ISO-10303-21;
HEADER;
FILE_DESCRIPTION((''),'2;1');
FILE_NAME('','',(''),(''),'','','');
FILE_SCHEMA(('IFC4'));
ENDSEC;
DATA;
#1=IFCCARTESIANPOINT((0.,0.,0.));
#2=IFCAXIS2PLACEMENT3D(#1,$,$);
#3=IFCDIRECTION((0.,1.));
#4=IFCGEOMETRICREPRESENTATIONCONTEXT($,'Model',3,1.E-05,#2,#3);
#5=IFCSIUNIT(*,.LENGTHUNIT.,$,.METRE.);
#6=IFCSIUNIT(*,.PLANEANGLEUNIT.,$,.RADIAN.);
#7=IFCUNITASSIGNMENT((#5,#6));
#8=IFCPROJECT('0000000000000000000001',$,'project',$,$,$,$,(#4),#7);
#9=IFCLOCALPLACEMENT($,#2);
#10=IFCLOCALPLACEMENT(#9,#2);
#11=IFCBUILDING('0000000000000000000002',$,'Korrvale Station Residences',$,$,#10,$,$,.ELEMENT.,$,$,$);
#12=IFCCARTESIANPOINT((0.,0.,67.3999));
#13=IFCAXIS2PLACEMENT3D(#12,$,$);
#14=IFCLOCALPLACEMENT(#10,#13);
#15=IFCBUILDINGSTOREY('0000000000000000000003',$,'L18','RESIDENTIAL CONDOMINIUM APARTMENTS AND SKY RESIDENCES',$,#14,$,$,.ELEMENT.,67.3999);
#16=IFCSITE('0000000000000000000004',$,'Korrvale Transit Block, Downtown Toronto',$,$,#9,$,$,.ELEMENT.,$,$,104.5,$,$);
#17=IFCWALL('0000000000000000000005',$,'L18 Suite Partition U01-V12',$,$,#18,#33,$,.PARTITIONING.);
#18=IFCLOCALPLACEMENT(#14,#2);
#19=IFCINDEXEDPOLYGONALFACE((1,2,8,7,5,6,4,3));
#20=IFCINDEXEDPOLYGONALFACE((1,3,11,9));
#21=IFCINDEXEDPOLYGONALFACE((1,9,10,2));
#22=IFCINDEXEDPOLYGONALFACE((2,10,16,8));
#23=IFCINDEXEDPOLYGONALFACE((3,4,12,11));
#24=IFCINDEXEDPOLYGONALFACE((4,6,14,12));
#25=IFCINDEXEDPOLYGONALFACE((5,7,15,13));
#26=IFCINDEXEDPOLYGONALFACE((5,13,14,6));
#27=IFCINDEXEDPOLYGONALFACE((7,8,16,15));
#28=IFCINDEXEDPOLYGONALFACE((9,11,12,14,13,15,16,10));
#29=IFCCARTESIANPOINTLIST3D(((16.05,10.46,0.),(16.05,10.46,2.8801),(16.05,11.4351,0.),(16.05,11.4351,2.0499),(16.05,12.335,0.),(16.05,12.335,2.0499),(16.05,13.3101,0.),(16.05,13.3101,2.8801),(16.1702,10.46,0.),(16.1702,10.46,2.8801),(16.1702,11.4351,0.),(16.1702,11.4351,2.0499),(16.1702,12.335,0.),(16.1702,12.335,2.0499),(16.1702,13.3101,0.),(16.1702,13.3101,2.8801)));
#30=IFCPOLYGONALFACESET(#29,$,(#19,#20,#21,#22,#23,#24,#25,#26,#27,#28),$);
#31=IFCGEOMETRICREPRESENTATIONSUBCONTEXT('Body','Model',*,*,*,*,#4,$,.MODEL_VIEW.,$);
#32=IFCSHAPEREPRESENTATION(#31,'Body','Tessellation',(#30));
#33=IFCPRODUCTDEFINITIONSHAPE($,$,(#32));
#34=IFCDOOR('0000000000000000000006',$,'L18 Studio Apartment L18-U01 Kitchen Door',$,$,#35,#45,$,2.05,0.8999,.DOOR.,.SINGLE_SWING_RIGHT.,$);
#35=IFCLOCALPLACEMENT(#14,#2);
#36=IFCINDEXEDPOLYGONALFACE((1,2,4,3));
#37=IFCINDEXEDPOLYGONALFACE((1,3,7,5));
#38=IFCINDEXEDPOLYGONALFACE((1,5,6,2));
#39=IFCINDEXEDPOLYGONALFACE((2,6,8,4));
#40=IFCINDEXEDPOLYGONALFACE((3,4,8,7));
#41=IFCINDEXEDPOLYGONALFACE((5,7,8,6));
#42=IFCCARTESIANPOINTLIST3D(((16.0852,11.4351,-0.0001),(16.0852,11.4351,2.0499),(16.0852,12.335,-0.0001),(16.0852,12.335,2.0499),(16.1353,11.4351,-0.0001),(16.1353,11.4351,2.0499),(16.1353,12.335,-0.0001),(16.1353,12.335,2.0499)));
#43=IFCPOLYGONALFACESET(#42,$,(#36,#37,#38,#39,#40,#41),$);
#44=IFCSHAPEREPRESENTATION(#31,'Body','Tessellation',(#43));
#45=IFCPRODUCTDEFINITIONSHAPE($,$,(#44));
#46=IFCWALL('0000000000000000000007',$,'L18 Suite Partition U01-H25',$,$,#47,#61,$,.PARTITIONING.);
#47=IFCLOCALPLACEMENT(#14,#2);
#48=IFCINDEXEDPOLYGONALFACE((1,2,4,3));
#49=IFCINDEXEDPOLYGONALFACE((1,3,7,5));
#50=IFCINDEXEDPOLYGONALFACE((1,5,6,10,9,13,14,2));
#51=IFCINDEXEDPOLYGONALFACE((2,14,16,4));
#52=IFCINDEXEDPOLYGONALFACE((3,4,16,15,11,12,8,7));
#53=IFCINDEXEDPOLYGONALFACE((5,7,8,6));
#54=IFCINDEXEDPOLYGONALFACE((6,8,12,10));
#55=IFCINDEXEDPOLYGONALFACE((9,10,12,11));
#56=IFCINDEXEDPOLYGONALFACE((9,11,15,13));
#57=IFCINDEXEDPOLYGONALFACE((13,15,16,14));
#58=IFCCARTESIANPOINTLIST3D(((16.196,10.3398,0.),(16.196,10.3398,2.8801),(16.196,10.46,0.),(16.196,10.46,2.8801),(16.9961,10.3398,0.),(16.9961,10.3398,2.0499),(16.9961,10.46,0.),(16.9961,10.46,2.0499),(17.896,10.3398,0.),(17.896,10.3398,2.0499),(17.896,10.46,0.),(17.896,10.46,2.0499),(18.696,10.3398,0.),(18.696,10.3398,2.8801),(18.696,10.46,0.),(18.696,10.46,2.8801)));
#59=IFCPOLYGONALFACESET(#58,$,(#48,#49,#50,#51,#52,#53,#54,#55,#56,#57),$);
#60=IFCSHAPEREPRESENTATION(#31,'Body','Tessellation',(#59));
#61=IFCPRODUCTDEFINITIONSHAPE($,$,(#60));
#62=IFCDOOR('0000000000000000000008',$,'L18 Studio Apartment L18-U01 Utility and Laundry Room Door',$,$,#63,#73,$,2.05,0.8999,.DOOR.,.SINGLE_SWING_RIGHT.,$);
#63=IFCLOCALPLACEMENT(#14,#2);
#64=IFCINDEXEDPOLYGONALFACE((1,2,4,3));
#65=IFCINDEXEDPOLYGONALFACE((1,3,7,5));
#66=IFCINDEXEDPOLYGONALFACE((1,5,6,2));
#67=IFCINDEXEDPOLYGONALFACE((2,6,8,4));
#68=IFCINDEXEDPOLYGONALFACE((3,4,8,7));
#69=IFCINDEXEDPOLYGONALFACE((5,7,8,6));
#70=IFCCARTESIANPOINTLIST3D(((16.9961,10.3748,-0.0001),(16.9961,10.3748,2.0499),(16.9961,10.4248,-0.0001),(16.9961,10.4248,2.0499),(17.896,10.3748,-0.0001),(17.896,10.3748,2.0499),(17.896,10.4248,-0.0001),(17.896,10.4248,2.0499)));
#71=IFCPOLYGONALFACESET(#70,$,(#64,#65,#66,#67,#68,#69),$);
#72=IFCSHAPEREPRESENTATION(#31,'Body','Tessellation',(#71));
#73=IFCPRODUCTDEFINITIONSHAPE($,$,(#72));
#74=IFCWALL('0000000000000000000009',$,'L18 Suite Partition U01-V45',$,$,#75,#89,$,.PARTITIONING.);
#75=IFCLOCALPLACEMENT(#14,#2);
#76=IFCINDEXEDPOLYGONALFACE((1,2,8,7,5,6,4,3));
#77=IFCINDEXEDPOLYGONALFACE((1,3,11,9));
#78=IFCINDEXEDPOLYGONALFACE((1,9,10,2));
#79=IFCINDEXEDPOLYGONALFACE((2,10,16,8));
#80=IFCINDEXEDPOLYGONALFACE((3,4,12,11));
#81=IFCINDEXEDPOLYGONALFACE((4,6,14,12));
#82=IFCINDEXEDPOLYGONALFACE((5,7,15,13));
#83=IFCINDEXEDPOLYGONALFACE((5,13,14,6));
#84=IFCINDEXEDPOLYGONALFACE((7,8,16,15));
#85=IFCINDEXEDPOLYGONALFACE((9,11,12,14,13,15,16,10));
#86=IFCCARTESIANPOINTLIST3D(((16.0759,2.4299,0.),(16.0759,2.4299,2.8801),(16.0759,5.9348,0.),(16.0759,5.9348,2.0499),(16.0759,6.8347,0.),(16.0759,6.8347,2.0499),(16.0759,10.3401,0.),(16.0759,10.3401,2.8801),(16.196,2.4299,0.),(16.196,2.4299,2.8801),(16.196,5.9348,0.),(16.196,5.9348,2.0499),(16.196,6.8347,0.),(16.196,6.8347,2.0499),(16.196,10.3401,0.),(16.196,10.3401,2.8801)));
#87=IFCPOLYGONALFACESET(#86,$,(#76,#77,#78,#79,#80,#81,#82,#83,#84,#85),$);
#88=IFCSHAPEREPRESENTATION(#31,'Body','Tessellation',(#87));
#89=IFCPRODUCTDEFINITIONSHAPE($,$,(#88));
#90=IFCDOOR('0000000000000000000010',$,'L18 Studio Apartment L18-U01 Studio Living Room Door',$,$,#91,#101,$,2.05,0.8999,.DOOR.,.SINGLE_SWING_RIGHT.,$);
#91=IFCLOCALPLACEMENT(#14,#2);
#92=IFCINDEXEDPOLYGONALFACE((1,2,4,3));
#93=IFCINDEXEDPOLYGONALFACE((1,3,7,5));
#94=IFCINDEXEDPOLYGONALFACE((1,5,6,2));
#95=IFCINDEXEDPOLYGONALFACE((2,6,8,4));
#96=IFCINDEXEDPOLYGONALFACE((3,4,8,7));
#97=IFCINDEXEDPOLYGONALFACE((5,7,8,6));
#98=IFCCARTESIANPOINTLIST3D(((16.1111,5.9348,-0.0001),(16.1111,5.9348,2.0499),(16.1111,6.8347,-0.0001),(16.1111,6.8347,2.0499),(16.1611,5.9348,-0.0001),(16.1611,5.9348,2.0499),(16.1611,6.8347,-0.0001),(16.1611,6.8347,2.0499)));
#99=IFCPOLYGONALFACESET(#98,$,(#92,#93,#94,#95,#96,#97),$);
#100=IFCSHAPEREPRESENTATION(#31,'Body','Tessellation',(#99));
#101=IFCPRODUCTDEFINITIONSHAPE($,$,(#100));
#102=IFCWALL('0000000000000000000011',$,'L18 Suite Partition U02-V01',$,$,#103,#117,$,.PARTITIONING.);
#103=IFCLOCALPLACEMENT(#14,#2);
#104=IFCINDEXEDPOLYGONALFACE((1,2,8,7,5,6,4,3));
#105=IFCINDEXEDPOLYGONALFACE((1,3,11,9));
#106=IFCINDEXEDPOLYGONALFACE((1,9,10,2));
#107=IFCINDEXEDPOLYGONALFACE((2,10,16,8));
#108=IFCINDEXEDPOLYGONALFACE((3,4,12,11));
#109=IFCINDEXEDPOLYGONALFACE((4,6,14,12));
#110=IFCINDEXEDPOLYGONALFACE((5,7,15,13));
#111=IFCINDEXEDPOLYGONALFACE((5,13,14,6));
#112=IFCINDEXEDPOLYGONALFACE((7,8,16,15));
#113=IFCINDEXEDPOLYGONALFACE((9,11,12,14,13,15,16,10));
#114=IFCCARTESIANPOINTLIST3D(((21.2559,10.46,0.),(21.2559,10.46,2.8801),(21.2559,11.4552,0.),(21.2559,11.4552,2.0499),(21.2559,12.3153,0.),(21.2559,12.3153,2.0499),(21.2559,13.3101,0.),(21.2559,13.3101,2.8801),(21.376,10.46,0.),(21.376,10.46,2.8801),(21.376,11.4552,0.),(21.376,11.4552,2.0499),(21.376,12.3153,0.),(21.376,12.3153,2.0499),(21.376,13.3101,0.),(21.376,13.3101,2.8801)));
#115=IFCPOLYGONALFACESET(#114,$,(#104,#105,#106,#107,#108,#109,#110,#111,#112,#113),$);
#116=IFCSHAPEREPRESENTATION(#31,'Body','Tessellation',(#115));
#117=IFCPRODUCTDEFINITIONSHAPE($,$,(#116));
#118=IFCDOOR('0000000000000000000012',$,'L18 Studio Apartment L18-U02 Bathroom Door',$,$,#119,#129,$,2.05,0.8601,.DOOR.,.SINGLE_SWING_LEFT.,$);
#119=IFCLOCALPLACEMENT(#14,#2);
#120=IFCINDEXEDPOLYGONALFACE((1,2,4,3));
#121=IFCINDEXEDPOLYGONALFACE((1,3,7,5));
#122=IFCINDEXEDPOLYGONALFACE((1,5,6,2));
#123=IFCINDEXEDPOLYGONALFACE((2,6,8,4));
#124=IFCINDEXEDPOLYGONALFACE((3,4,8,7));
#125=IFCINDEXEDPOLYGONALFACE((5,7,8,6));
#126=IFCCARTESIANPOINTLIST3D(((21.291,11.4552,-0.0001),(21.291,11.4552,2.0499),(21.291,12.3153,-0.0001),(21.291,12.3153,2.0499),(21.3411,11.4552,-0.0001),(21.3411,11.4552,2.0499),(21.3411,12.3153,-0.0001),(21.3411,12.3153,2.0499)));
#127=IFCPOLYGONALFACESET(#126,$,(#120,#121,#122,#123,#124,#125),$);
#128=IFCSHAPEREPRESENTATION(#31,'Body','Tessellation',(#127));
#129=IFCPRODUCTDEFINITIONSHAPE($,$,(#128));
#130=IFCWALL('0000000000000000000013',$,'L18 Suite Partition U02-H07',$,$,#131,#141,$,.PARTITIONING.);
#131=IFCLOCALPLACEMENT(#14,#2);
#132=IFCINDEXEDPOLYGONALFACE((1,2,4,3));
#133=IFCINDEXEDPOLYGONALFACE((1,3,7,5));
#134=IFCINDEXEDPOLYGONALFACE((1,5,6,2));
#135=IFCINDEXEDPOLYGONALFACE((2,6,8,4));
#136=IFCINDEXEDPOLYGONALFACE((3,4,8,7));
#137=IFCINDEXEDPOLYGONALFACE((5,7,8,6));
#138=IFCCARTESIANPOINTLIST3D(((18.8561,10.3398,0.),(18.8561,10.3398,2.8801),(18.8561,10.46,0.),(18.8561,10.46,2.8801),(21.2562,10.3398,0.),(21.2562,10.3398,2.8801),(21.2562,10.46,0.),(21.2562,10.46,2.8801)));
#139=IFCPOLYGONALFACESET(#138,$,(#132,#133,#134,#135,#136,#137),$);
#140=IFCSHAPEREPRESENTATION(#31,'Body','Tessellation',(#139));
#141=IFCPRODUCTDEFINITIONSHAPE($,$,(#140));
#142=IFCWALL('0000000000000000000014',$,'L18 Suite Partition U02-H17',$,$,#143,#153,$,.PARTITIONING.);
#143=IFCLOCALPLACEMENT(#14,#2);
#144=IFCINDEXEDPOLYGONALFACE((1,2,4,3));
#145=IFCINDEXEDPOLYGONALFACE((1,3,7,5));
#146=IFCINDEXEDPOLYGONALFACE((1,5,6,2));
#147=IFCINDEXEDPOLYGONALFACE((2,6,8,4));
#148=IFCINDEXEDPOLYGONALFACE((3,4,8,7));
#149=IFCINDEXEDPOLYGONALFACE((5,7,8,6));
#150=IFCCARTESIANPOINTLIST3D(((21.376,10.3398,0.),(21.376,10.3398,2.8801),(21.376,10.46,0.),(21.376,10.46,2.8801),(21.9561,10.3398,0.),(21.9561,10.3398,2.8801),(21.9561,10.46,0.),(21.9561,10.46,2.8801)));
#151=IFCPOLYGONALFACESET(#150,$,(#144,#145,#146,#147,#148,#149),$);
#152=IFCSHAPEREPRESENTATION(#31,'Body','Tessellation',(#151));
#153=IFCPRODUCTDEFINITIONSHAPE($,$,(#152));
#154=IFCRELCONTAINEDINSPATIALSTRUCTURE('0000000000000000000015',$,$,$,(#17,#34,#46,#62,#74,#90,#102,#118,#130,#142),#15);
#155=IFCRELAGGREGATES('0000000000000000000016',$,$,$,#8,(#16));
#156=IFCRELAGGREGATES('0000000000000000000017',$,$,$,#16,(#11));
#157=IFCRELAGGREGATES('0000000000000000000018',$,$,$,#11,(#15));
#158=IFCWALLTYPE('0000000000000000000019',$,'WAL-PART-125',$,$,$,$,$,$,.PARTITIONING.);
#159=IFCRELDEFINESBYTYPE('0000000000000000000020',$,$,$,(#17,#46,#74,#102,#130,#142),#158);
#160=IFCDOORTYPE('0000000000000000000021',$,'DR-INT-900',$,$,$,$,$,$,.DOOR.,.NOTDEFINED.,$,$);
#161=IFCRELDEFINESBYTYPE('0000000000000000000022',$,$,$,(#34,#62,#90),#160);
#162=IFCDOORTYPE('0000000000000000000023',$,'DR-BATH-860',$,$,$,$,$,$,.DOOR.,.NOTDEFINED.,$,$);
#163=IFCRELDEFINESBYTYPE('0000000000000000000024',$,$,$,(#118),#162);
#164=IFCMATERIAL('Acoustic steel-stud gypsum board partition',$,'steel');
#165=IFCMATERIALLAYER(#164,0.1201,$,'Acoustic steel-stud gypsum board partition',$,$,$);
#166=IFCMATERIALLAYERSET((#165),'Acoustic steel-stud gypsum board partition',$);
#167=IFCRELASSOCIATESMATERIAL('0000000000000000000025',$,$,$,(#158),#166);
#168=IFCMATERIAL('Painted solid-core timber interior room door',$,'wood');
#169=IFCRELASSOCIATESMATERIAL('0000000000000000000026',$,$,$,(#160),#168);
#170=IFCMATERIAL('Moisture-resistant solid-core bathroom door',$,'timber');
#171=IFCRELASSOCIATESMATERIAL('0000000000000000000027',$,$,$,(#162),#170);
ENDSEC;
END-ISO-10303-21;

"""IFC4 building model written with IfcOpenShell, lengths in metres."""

from ifc_helpers import new_model, si_unit, direction, frame, frame_2d, origin, place, context, subcontext, project, spatial, rectangle, extrude, material, layer, layer_set, type_object, element, fill, save


model = new_model("IFC4")

# Units and contexts
model_context = context("Model", 3, precision=1e-05, world=origin(), true_north=direction((0.0, 1.0)))
body_context = subcontext(model_context, "Body", "Model", "MODEL_VIEW")
ifc_project = project(units=[si_unit("LENGTHUNIT", "METRE"), si_unit("PLANEANGLEUNIT", "RADIAN")], contexts=[model_context])

# Site, building, storey
site_placement = place(None, origin())
site = spatial("IfcSite", under=ifc_project, at=site_placement, Name="Korrvale Transit Block, Downtown Toronto", CompositionType="ELEMENT", RefElevation=104.5)
building_placement = place(site_placement, origin())
building = spatial("IfcBuilding", under=site, at=building_placement, Name="Korrvale Station Residences", CompositionType="ELEMENT")
storey_placement = place(building_placement, frame((0.0, 0.0, 67.3999)))
storey = spatial("IfcBuildingStorey", under=building, at=storey_placement, Name="L18", Description="RESIDENTIAL CONDOMINIUM APARTMENTS AND SKY RESIDENCES", CompositionType="ELEMENT", Elevation=67.3999)

# Walls, openings, doors
ifc_material_1 = material(Name="Acoustic steel-stud gypsum board partition", Category="steel")
ifc_layer_1 = layer(ifc_material_1, 0.1201, Name="Acoustic steel-stud gypsum board partition")
ifc_layer_set_1 = layer_set([ifc_layer_1], Name="Acoustic steel-stud gypsum board partition")
wall_type_1 = type_object("IfcWallType", Name="WAL-PART-125", PredefinedType="PARTITIONING", material=ifc_layer_set_1)
wall_1_placement = place(storey_placement, frame((16.1101, 10.46, 0.0), z_axis=(0.0, 0.0, 1.0), x_axis=(0.0, 1.0, 0.0)))
wall_1 = element("IfcWall", 1, at=wall_1_placement, inside=storey, type_object=wall_type_1, Name="L18 Suite Partition U01-V12", PredefinedType="PARTITIONING", context=body_context, shape_type="SweptSolid", body=[
    extrude(rectangle(XDim=2.8501, YDim=0.1201, at=frame_2d((1.425, 0.0))), origin(), (0.0, 0.0, 1.0), 2.8801),
])
opening_1_placement = place(wall_1_placement, frame((0.9751, 0.0, 0.0)))
opening_1 = element("IfcOpeningElement", 2, at=opening_1_placement, cuts=wall_1, PredefinedType="OPENING", context=body_context, shape_type="SweptSolid", body=[
    extrude(rectangle(XDim=0.8999, YDim=2.05, at=frame_2d((0.45, 1.0249))), frame((0.0, 0.0701, 0.0), z_axis=(0.0, -1.0, 0.0), x_axis=(1.0, 0.0, 0.0)), (0.0, 0.0, 1.0), 0.1401),
])
ifc_material_2 = material(Name="Painted solid-core timber interior room door", Category="wood")
door_type_1 = type_object("IfcDoorType", Name="DR-INT-900", OperationType="NOTDEFINED", PredefinedType="DOOR", material=ifc_material_2)
door_1_placement = place(opening_1_placement, origin())
door_1 = element("IfcDoor", 3, at=door_1_placement, inside=storey, type_object=door_type_1, Name="L18 Studio Apartment L18-U01 Kitchen Door", OperationType="SINGLE_SWING_RIGHT", OverallHeight=2.05, OverallWidth=0.8999, PredefinedType="DOOR", context=body_context, shape_type="SweptSolid", body=[
    extrude(rectangle(XDim=0.8999, YDim=2.05, at=frame_2d((0.45, 1.0249))), frame((0.0, 0.0249, 0.0), z_axis=(0.0, -1.0, 0.0), x_axis=(1.0, 0.0, 0.0)), (0.0, 0.0, 1.0), 0.05),
])
fill(opening_1, door_1)
wall_2_placement = place(storey_placement, frame((16.196, 10.3999, 0.0), z_axis=(0.0, 0.0, 1.0), x_axis=(1.0, 0.0, 0.0)))
wall_2 = element("IfcWall", 4, at=wall_2_placement, inside=storey, type_object=wall_type_1, Name="L18 Suite Partition U01-H25", PredefinedType="PARTITIONING", context=body_context, shape_type="SweptSolid", body=[
    extrude(rectangle(XDim=2.5, YDim=0.1201, at=frame_2d((1.25, 0.0))), origin(), (0.0, 0.0, 1.0), 2.8801),
])
opening_2_placement = place(wall_2_placement, frame((0.8, 0.0, 0.0)))
opening_2 = element("IfcOpeningElement", 5, at=opening_2_placement, cuts=wall_2, PredefinedType="OPENING", context=body_context, shape_type="SweptSolid", body=[
    extrude(rectangle(XDim=0.8999, YDim=2.05, at=frame_2d((0.45, 1.0249))), frame((0.0, 0.0701, 0.0), z_axis=(0.0, -1.0, 0.0), x_axis=(1.0, 0.0, 0.0)), (0.0, 0.0, 1.0), 0.1401),
])
door_2_placement = place(opening_2_placement, origin())
door_2 = element("IfcDoor", 6, at=door_2_placement, inside=storey, type_object=door_type_1, Name="L18 Studio Apartment L18-U01 Utility and Laundry Room Door", OperationType="SINGLE_SWING_RIGHT", OverallHeight=2.05, OverallWidth=0.8999, PredefinedType="DOOR", context=body_context, shape_type="SweptSolid", body=[
    extrude(rectangle(XDim=0.8999, YDim=2.05, at=frame_2d((0.45, 1.0249))), frame((0.0, 0.0249, 0.0), z_axis=(0.0, -1.0, 0.0), x_axis=(1.0, 0.0, 0.0)), (0.0, 0.0, 1.0), 0.05),
])
fill(opening_2, door_2)
wall_3_placement = place(storey_placement, frame((16.136, 2.4299, 0.0), z_axis=(0.0, 0.0, 1.0), x_axis=(0.0, 1.0, 0.0)))
wall_3 = element("IfcWall", 7, at=wall_3_placement, inside=storey, type_object=wall_type_1, Name="L18 Suite Partition U01-V45", PredefinedType="PARTITIONING", context=body_context, shape_type="SweptSolid", body=[
    extrude(rectangle(XDim=7.9102, YDim=0.1201, at=frame_2d((3.9551, 0.0))), origin(), (0.0, 0.0, 1.0), 2.8801),
])
opening_3_placement = place(wall_3_placement, frame((3.5049, 0.0, 0.0)))
opening_3 = element("IfcOpeningElement", 8, at=opening_3_placement, cuts=wall_3, PredefinedType="OPENING", context=body_context, shape_type="SweptSolid", body=[
    extrude(rectangle(XDim=0.8999, YDim=2.05, at=frame_2d((0.45, 1.0249))), frame((0.0, 0.0701, 0.0), z_axis=(0.0, -1.0, 0.0), x_axis=(1.0, 0.0, 0.0)), (0.0, 0.0, 1.0), 0.1401),
])
door_3_placement = place(opening_3_placement, origin())
door_3 = element("IfcDoor", 9, at=door_3_placement, inside=storey, type_object=door_type_1, Name="L18 Studio Apartment L18-U01 Studio Living Room Door", OperationType="SINGLE_SWING_RIGHT", OverallHeight=2.05, OverallWidth=0.8999, PredefinedType="DOOR", context=body_context, shape_type="SweptSolid", body=[
    extrude(rectangle(XDim=0.8999, YDim=2.05, at=frame_2d((0.45, 1.0249))), frame((0.0, 0.0249, 0.0), z_axis=(0.0, -1.0, 0.0), x_axis=(1.0, 0.0, 0.0)), (0.0, 0.0, 1.0), 0.05),
])
fill(opening_3, door_3)
wall_4_placement = place(storey_placement, frame((21.3159, 10.46, 0.0), z_axis=(0.0, 0.0, 1.0), x_axis=(0.0, 1.0, 0.0)))
wall_4 = element("IfcWall", 10, at=wall_4_placement, inside=storey, type_object=wall_type_1, Name="L18 Suite Partition U02-V01", PredefinedType="PARTITIONING", context=body_context, shape_type="SweptSolid", body=[
    extrude(rectangle(XDim=2.8501, YDim=0.1201, at=frame_2d((1.425, 0.0))), origin(), (0.0, 0.0, 1.0), 2.8801),
])
opening_4_placement = place(wall_4_placement, frame((0.9951, 0.0, 0.0)))
opening_4 = element("IfcOpeningElement", 11, at=opening_4_placement, cuts=wall_4, PredefinedType="OPENING", context=body_context, shape_type="SweptSolid", body=[
    extrude(rectangle(XDim=0.8601, YDim=2.05, at=frame_2d((0.4302, 1.0249))), frame((0.0, 0.0701, 0.0), z_axis=(0.0, -1.0, 0.0), x_axis=(1.0, 0.0, 0.0)), (0.0, 0.0, 1.0), 0.1401),
])
ifc_material_3 = material(Name="Moisture-resistant solid-core bathroom door", Category="timber")
door_type_2 = type_object("IfcDoorType", Name="DR-BATH-860", OperationType="NOTDEFINED", PredefinedType="DOOR", material=ifc_material_3)
door_4_placement = place(opening_4_placement, origin())
door_4 = element("IfcDoor", 12, at=door_4_placement, inside=storey, type_object=door_type_2, Name="L18 Studio Apartment L18-U02 Bathroom Door", OperationType="SINGLE_SWING_LEFT", OverallHeight=2.05, OverallWidth=0.8601, PredefinedType="DOOR", context=body_context, shape_type="SweptSolid", body=[
    extrude(rectangle(XDim=0.8601, YDim=2.05, at=frame_2d((0.4302, 1.0249))), frame((0.0, 0.0249, 0.0), z_axis=(0.0, -1.0, 0.0), x_axis=(1.0, 0.0, 0.0)), (0.0, 0.0, 1.0), 0.05),
])
fill(opening_4, door_4)

# Walls
wall_5_placement = place(storey_placement, frame((18.856, 10.3999, 0.0), z_axis=(0.0, 0.0, 1.0), x_axis=(1.0, 0.0, 0.0)))
element("IfcWall", 13, at=wall_5_placement, inside=storey, type_object=wall_type_1, Name="L18 Suite Partition U02-H07", PredefinedType="PARTITIONING", context=body_context, shape_type="SweptSolid", body=[
    extrude(rectangle(XDim=2.4001, YDim=0.1201, at=frame_2d((1.2002, 0.0))), origin(), (0.0, 0.0, 1.0), 2.8801),
])
wall_6_placement = place(storey_placement, frame((21.376, 10.3999, 0.0), z_axis=(0.0, 0.0, 1.0), x_axis=(1.0, 0.0, 0.0)))
element("IfcWall", 14, at=wall_6_placement, inside=storey, type_object=wall_type_1, Name="L18 Suite Partition U02-H17", PredefinedType="PARTITIONING", context=body_context, shape_type="SweptSolid", body=[
    extrude(rectangle(XDim=0.5801, YDim=0.1201, at=frame_2d((0.29, 0.0))), origin(), (0.0, 0.0, 1.0), 2.8801),
])

save(model, "model.ifc")
